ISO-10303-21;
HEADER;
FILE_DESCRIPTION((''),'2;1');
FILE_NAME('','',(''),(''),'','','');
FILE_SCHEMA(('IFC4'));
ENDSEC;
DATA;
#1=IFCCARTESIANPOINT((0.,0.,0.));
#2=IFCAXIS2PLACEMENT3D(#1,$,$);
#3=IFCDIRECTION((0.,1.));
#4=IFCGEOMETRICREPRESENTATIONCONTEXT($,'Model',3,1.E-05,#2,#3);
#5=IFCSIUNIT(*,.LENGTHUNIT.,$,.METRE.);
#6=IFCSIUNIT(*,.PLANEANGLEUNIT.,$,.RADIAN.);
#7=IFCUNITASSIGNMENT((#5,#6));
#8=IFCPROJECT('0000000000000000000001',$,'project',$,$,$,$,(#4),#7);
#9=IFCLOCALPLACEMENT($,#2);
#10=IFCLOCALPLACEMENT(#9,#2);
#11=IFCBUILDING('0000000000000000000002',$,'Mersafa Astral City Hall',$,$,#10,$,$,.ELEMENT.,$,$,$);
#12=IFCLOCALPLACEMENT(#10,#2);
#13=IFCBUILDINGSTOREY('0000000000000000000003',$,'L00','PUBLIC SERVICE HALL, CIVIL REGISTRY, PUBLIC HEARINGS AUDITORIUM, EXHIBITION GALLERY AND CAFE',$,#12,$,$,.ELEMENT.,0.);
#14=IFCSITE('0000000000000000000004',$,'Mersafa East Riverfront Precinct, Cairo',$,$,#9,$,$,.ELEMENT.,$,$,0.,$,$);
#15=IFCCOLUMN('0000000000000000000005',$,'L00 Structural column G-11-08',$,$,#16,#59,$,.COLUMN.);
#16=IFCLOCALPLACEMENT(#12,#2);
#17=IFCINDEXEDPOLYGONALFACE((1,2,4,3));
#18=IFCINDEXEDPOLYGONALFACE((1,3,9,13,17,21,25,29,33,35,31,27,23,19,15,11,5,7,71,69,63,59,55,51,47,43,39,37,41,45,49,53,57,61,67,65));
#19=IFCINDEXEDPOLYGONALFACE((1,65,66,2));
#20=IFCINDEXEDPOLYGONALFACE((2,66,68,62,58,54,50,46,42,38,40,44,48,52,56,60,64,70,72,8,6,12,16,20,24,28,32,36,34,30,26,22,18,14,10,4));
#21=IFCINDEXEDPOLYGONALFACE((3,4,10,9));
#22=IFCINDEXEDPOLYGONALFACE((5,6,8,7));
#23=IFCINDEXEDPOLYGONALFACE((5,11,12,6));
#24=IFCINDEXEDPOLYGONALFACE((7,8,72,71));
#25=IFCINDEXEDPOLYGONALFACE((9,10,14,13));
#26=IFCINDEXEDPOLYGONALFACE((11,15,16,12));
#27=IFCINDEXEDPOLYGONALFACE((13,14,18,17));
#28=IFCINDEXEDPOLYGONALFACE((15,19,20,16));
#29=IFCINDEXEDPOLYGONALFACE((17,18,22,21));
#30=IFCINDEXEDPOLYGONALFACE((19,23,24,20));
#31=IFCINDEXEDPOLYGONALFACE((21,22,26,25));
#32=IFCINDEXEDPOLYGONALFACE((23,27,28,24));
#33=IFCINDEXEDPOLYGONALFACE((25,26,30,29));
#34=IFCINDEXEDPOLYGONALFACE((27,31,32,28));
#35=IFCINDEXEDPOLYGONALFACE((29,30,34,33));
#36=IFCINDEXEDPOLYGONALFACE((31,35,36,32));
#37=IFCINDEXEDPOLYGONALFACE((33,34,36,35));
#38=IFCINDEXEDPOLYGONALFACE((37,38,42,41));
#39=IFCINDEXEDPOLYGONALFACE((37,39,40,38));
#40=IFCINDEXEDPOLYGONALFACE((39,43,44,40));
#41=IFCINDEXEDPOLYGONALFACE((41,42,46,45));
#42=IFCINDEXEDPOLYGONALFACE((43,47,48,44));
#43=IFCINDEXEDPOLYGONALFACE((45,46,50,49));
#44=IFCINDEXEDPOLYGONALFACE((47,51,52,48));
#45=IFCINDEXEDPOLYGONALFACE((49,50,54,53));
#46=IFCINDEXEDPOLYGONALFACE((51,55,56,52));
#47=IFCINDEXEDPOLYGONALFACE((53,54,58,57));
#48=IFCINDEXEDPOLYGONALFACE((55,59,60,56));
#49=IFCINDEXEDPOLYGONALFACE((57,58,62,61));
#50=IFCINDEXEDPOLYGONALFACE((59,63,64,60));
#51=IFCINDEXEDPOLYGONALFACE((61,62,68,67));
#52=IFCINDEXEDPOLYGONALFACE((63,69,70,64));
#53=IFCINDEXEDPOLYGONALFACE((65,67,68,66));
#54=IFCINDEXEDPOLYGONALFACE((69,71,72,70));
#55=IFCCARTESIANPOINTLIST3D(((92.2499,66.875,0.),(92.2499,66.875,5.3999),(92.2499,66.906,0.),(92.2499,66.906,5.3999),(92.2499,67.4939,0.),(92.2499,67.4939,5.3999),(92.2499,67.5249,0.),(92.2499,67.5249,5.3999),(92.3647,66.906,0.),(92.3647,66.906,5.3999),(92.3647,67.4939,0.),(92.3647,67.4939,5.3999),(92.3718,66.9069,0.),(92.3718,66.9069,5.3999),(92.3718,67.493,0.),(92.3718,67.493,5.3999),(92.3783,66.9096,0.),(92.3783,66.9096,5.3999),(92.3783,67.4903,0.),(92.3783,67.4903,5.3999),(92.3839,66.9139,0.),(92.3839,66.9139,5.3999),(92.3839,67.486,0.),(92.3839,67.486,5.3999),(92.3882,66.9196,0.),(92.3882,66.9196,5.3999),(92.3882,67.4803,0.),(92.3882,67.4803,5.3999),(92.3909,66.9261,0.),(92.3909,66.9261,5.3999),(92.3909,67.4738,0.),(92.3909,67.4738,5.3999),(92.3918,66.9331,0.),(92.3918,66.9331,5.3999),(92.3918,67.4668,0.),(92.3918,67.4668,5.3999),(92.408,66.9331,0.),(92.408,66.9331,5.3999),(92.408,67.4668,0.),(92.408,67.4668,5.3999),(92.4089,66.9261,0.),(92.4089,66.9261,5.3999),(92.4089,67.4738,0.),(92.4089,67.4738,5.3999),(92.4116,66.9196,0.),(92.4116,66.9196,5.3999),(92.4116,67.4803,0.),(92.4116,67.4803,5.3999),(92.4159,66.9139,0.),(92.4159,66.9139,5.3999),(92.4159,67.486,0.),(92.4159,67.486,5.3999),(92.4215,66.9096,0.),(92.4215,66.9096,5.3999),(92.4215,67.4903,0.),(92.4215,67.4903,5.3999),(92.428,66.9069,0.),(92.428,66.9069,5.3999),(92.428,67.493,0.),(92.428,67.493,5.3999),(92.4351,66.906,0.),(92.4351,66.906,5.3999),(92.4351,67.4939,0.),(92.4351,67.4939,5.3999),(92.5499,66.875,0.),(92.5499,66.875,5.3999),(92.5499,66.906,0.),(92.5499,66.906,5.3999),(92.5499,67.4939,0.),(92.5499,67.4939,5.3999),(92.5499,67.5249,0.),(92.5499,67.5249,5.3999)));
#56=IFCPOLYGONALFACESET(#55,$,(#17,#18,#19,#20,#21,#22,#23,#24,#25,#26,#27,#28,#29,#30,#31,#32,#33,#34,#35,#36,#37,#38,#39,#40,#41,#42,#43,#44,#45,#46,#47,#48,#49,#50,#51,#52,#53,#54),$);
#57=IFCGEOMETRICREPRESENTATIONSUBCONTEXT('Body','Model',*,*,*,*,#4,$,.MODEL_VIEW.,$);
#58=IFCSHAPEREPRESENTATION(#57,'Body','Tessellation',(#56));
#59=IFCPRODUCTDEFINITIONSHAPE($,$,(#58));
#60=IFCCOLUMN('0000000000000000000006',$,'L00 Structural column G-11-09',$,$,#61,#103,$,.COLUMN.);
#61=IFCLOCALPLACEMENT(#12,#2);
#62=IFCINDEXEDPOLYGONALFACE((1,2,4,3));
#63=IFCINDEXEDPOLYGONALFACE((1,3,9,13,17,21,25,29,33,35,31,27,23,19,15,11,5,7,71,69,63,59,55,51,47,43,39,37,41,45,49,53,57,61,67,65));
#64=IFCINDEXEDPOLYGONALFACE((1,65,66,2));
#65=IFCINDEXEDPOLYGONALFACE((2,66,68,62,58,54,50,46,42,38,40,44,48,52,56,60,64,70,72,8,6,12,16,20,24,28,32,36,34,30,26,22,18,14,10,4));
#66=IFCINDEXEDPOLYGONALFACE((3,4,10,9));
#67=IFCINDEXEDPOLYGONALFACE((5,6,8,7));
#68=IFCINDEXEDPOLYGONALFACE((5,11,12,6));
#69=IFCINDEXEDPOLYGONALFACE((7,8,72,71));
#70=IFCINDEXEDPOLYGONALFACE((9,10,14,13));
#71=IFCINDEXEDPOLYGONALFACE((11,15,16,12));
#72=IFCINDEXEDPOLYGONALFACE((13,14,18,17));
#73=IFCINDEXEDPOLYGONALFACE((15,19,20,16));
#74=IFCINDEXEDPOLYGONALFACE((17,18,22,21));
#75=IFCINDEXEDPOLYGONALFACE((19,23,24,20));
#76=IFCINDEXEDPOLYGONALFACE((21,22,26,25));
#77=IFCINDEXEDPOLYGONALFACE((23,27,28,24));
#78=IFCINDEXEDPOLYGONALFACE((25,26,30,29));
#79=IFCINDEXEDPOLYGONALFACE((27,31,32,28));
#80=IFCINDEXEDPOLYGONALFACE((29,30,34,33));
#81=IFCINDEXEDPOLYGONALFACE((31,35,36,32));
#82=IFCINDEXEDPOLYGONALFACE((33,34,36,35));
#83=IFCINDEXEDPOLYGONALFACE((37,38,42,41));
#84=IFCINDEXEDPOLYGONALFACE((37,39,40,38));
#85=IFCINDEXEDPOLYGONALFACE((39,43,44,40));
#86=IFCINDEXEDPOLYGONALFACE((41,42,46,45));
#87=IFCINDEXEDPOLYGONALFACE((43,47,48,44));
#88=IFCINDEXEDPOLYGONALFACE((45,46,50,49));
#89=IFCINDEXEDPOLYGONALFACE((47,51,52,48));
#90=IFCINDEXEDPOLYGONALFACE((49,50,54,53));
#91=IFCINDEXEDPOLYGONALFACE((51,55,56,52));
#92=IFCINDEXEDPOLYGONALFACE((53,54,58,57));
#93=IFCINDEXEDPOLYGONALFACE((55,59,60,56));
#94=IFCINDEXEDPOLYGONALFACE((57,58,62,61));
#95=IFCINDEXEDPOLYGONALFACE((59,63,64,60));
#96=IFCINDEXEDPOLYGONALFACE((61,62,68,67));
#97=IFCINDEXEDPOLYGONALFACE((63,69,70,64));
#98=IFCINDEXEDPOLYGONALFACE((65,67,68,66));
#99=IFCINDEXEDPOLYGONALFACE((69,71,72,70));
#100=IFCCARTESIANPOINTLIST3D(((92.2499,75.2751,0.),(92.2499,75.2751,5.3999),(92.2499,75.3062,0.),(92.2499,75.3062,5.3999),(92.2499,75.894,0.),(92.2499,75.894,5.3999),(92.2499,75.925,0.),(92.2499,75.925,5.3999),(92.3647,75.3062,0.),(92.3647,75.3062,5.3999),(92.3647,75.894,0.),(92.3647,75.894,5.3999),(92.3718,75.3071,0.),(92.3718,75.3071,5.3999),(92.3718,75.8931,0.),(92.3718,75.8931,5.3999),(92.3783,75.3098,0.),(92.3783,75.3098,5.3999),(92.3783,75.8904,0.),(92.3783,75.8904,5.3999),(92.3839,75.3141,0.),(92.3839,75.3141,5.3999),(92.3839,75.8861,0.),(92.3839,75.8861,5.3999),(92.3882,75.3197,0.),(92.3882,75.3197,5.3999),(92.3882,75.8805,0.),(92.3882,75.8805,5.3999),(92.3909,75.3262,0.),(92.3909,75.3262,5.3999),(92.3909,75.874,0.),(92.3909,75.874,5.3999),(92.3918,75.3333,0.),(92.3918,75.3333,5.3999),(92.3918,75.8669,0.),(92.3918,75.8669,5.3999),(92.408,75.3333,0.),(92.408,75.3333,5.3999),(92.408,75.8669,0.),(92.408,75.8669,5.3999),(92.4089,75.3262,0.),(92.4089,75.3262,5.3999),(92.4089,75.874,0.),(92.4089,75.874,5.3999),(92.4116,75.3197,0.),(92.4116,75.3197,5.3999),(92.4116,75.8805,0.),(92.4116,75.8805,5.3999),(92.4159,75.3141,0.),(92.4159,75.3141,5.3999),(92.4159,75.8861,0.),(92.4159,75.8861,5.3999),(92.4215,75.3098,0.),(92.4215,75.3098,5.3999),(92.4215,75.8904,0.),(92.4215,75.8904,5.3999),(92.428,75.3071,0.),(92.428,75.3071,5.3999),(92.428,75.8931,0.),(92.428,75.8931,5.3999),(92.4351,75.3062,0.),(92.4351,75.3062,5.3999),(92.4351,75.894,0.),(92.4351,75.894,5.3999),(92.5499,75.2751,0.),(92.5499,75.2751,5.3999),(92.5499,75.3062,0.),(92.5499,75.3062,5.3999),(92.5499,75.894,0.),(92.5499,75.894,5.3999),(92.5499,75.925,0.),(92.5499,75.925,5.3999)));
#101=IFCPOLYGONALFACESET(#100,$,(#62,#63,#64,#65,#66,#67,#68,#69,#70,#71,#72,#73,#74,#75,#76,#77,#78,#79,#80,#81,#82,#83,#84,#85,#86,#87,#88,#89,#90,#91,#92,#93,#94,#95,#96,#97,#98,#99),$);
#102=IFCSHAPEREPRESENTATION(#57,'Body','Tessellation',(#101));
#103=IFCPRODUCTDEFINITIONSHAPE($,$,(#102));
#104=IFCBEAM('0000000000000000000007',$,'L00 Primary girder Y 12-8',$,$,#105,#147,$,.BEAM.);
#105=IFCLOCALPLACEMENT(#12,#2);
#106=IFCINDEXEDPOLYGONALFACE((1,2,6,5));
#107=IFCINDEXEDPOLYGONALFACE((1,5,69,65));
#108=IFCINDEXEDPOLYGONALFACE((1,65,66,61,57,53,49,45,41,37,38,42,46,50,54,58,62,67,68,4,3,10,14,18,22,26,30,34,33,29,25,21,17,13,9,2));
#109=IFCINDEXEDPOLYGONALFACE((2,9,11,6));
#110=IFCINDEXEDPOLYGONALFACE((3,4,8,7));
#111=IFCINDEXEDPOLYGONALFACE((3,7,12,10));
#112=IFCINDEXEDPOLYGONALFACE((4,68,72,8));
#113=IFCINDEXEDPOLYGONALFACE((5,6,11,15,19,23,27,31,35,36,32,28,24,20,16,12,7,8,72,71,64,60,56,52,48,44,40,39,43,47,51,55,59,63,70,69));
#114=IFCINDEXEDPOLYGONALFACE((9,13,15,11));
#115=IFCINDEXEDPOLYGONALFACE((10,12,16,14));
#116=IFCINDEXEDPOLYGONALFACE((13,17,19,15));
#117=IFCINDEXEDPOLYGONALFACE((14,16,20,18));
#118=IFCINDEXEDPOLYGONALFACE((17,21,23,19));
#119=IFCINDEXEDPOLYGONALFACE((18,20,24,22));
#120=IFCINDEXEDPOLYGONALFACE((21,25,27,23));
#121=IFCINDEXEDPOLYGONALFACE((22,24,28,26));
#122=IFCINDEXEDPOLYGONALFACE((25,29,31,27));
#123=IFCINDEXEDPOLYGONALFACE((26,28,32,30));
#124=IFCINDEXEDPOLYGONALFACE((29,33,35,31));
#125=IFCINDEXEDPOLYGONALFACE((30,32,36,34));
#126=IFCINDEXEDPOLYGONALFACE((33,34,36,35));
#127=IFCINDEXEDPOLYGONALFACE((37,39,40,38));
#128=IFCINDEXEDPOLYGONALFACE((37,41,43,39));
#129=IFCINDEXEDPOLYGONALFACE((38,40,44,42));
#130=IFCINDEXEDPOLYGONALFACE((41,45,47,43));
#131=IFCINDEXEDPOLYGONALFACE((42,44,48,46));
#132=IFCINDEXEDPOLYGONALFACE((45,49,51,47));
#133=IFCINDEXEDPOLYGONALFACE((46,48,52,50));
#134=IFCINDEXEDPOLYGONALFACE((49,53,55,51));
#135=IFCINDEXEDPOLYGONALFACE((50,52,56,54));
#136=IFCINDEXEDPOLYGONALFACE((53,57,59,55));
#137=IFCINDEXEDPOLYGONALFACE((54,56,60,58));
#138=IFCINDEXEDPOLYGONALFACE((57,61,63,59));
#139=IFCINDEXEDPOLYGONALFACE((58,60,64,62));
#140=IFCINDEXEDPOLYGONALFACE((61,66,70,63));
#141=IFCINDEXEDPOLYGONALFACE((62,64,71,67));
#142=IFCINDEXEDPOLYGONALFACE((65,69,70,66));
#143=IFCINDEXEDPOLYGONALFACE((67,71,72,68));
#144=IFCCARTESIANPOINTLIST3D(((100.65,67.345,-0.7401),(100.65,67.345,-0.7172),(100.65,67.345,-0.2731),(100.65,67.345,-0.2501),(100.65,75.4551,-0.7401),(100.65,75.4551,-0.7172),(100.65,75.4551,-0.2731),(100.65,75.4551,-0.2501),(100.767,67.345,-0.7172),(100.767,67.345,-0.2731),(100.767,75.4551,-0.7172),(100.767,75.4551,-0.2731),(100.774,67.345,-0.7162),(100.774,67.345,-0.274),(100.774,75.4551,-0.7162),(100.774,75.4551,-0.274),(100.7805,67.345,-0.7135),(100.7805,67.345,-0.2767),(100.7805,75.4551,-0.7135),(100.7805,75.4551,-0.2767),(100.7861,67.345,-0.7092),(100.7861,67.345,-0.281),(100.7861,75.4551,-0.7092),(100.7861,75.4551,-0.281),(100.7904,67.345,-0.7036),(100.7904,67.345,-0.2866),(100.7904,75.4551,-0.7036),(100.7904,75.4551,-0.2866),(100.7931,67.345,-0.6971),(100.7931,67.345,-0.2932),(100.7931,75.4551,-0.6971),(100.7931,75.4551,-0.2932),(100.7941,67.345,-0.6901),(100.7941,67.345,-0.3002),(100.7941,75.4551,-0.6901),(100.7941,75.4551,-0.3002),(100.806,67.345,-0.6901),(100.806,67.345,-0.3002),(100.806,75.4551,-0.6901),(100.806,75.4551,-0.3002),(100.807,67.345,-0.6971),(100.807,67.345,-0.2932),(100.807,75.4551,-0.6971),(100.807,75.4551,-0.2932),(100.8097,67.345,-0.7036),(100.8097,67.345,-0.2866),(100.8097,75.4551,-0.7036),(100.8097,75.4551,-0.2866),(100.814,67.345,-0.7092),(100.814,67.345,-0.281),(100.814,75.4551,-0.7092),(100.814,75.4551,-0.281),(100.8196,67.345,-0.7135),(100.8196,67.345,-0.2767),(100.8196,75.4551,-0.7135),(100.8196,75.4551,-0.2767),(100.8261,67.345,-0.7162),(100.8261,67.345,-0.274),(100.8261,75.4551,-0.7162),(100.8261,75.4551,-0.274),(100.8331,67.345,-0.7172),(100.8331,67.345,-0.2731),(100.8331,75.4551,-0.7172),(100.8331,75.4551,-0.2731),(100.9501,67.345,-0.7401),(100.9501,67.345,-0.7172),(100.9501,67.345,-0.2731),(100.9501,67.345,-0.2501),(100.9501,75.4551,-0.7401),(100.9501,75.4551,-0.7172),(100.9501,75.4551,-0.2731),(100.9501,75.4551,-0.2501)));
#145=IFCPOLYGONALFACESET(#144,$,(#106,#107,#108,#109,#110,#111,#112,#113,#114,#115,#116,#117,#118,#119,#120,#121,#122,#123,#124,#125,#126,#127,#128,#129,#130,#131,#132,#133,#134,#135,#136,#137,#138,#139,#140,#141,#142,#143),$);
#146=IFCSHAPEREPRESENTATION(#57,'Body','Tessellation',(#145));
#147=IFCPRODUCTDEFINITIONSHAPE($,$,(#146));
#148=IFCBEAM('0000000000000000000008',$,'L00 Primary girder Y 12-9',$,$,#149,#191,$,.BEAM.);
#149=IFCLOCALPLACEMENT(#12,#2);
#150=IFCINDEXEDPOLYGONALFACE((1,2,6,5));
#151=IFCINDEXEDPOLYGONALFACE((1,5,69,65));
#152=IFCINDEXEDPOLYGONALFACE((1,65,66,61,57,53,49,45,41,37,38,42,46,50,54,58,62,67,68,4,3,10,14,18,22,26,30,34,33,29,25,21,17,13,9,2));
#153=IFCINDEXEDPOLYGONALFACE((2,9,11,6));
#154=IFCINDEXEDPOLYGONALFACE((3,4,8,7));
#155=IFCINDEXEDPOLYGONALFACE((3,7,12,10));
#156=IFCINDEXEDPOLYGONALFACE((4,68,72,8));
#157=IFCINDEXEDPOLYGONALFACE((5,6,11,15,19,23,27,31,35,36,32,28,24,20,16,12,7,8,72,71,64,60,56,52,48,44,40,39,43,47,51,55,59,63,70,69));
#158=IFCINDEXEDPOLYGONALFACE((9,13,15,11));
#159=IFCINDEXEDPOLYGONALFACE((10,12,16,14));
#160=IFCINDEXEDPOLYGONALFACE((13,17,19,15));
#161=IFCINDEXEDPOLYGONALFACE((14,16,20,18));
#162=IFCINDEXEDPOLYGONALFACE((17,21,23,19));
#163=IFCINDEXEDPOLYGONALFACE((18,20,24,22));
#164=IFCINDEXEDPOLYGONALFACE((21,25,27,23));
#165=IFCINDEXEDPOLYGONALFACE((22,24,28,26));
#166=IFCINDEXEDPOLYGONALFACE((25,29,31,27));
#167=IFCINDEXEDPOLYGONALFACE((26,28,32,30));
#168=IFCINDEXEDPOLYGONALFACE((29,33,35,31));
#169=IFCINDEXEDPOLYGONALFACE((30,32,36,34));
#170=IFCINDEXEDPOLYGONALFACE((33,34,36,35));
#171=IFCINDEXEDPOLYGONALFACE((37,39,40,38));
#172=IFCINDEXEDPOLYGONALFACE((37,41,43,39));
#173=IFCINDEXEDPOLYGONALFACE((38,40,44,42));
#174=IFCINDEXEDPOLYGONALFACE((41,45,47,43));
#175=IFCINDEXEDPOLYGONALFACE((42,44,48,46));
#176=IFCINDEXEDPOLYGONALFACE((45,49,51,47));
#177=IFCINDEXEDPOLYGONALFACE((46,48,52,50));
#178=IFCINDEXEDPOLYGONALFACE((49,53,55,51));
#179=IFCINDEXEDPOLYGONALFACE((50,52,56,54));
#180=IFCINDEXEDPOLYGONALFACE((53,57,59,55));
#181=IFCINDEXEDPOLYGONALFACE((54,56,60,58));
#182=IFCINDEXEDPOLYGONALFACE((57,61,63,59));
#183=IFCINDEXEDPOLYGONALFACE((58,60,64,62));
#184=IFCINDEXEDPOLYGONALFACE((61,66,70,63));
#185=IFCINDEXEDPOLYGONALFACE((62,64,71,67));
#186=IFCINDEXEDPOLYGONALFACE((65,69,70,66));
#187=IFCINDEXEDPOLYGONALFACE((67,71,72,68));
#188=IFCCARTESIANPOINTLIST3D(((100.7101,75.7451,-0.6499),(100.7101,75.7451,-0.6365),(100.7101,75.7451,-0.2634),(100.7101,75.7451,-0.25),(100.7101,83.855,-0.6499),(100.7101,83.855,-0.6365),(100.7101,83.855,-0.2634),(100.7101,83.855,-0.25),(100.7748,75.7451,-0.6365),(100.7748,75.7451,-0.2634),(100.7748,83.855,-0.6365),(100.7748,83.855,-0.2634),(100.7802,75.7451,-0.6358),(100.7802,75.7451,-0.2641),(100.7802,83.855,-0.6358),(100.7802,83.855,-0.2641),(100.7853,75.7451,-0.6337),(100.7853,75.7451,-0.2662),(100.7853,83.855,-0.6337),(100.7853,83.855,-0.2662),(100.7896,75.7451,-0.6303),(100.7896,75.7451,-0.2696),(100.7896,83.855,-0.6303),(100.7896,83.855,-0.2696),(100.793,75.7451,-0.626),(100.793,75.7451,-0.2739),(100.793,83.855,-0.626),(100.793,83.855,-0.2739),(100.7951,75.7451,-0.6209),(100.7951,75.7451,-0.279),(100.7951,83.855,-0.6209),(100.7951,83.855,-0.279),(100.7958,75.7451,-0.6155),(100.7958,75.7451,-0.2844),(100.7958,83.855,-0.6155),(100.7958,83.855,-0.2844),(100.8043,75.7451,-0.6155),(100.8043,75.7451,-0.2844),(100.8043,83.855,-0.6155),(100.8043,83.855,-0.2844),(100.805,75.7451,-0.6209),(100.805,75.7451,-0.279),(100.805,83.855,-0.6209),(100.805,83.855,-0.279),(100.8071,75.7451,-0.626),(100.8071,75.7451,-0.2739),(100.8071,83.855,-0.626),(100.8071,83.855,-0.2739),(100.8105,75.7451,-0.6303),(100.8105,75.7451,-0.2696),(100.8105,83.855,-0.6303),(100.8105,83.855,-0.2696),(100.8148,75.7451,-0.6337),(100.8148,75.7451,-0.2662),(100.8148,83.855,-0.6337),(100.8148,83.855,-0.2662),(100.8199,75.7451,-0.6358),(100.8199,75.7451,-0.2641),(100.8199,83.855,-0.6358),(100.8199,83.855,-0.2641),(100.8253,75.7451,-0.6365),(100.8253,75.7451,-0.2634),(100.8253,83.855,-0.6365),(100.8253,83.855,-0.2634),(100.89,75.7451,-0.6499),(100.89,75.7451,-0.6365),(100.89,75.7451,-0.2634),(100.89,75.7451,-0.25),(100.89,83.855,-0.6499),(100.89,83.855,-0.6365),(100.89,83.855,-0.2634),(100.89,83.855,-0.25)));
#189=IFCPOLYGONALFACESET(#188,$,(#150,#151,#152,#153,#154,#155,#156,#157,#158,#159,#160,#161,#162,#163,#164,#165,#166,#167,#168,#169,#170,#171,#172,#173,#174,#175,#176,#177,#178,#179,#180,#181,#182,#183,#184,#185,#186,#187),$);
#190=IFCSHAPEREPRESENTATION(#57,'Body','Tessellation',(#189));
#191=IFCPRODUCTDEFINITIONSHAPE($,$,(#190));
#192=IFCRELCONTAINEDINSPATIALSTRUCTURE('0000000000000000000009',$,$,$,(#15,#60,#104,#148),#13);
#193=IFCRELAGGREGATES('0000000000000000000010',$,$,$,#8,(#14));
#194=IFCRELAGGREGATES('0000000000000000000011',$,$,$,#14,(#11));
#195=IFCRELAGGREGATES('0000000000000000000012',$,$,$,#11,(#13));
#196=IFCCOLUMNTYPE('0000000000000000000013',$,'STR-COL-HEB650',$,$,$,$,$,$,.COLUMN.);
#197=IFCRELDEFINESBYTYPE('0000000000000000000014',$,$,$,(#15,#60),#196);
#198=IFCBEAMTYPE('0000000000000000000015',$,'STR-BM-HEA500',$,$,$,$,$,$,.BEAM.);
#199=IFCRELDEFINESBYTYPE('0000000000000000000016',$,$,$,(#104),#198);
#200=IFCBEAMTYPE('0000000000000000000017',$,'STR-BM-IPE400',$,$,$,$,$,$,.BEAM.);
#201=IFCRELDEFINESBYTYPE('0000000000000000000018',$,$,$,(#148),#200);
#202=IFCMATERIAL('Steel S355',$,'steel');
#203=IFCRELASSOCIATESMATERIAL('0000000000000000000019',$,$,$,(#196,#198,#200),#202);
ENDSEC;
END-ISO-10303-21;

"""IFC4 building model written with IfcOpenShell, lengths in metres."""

from ifc_helpers import new_model, si_unit, direction, frame, origin, origin_2d, place, context, subcontext, project, spatial, i_section, extrude, material, material_profile, profile_set, type_object, element, save


model = new_model("IFC4")

# Units and contexts
model_context = context("Model", 3, precision=1e-05, world=origin(), true_north=direction((0.0, 1.0)))
body_context = subcontext(model_context, "Body", "Model", "MODEL_VIEW")
ifc_project = project(units=[si_unit("LENGTHUNIT", "METRE"), si_unit("PLANEANGLEUNIT", "RADIAN")], contexts=[model_context])

# Site, building, storey
site_placement = place(None, origin())
site = spatial("IfcSite", under=ifc_project, at=site_placement, Name="Mersafa East Riverfront Precinct, Cairo", CompositionType="ELEMENT", RefElevation=0.0)
building_placement = place(site_placement, origin())
building = spatial("IfcBuilding", under=site, at=building_placement, Name="Mersafa Astral City Hall", CompositionType="ELEMENT")
storey_placement = place(building_placement, origin())
storey = spatial("IfcBuildingStorey", under=building, at=storey_placement, Name="L00", Description="PUBLIC SERVICE HALL, CIVIL REGISTRY, PUBLIC HEARINGS AUDITORIUM, EXHIBITION GALLERY AND CAFE", CompositionType="ELEMENT", Elevation=0.0)

# Columns
ifc_material_1 = material(Name="Steel S355", Category="steel")
ifc_material_profile_1 = material_profile(ifc_material_1, i_section(OverallWidth=0.3, OverallDepth=0.6499, WebThickness=0.0161, FlangeThickness=0.031, FilletRadius=0.0271, at=origin_2d()), Name="HEB 650")
ifc_profile_set_1 = profile_set([ifc_material_profile_1], Name="Steel S355")
column_type = type_object("IfcColumnType", Name="STR-COL-HEB650", PredefinedType="COLUMN", material=ifc_profile_set_1)
for number, where, z_axis, x_axis, name in (
    (1, (92.3999, 67.2, 0.0), (0.0, 0.0, 1.0), (1.0, 0.0, 0.0), "L00 Structural column G-11-08"),
    (2, (92.3999, 75.6001, 0.0), (0.0, 0.0, 1.0), (1.0, 0.0, 0.0), "L00 Structural column G-11-09"),
):
    element("IfcColumn", number, at=place(storey_placement, frame(where, z_axis=z_axis, x_axis=x_axis)), inside=storey, type_object=column_type, Name=name, PredefinedType="COLUMN", context=body_context, shape_type="SweptSolid", body=[
        extrude(i_section(OverallWidth=0.3, OverallDepth=0.6499, WebThickness=0.0161, FlangeThickness=0.031, FilletRadius=0.0271, at=origin_2d()), origin(), (0.0, 0.0, 1.0), 5.3999),
    ])

# Beams
ifc_material_profile_2 = material_profile(ifc_material_1, i_section(OverallWidth=0.3, OverallDepth=0.49, WebThickness=0.012, FlangeThickness=0.0229, FilletRadius=0.0271, at=origin_2d()), Name="HEA 500")
ifc_profile_set_2 = profile_set([ifc_material_profile_2], Name="Steel S355")
beam_type_1 = type_object("IfcBeamType", Name="STR-BM-HEA500", PredefinedType="BEAM", material=ifc_profile_set_2)
beam_1_placement = place(storey_placement, frame((100.8, 67.345, -0.4951), z_axis=(0.0, 1.0, 0.0), x_axis=(-1.0, 0.0, 0.0)))
element("IfcBeam", 3, at=beam_1_placement, inside=storey, type_object=beam_type_1, Name="L00 Primary girder Y 12-8", PredefinedType="BEAM", context=body_context, shape_type="SweptSolid", body=[
    extrude(i_section(OverallWidth=0.3, OverallDepth=0.49, WebThickness=0.012, FlangeThickness=0.0229, FilletRadius=0.0271, at=origin_2d()), origin(), (0.0, 0.0, 1.0), 8.1101),
])
ifc_material_profile_3 = material_profile(ifc_material_1, i_section(OverallWidth=0.1799, OverallDepth=0.3999, WebThickness=0.0085, FlangeThickness=0.0134, FilletRadius=0.021, at=origin_2d()), Name="IPE 400")
ifc_profile_set_3 = profile_set([ifc_material_profile_3], Name="Steel S355")
beam_type_2 = type_object("IfcBeamType", Name="STR-BM-IPE400", PredefinedType="BEAM", material=ifc_profile_set_3)
beam_2_placement = place(storey_placement, frame((100.8, 75.7451, -0.45), z_axis=(0.0, 1.0, 0.0), x_axis=(-1.0, 0.0, 0.0)))
element("IfcBeam", 4, at=beam_2_placement, inside=storey, type_object=beam_type_2, Name="L00 Primary girder Y 12-9", PredefinedType="BEAM", context=body_context, shape_type="SweptSolid", body=[
    extrude(i_section(OverallWidth=0.1799, OverallDepth=0.3999, WebThickness=0.0085, FlangeThickness=0.0134, FilletRadius=0.021, at=origin_2d()), origin(), (0.0, 0.0, 1.0), 8.1099),
])

save(model, "model.ifc")
